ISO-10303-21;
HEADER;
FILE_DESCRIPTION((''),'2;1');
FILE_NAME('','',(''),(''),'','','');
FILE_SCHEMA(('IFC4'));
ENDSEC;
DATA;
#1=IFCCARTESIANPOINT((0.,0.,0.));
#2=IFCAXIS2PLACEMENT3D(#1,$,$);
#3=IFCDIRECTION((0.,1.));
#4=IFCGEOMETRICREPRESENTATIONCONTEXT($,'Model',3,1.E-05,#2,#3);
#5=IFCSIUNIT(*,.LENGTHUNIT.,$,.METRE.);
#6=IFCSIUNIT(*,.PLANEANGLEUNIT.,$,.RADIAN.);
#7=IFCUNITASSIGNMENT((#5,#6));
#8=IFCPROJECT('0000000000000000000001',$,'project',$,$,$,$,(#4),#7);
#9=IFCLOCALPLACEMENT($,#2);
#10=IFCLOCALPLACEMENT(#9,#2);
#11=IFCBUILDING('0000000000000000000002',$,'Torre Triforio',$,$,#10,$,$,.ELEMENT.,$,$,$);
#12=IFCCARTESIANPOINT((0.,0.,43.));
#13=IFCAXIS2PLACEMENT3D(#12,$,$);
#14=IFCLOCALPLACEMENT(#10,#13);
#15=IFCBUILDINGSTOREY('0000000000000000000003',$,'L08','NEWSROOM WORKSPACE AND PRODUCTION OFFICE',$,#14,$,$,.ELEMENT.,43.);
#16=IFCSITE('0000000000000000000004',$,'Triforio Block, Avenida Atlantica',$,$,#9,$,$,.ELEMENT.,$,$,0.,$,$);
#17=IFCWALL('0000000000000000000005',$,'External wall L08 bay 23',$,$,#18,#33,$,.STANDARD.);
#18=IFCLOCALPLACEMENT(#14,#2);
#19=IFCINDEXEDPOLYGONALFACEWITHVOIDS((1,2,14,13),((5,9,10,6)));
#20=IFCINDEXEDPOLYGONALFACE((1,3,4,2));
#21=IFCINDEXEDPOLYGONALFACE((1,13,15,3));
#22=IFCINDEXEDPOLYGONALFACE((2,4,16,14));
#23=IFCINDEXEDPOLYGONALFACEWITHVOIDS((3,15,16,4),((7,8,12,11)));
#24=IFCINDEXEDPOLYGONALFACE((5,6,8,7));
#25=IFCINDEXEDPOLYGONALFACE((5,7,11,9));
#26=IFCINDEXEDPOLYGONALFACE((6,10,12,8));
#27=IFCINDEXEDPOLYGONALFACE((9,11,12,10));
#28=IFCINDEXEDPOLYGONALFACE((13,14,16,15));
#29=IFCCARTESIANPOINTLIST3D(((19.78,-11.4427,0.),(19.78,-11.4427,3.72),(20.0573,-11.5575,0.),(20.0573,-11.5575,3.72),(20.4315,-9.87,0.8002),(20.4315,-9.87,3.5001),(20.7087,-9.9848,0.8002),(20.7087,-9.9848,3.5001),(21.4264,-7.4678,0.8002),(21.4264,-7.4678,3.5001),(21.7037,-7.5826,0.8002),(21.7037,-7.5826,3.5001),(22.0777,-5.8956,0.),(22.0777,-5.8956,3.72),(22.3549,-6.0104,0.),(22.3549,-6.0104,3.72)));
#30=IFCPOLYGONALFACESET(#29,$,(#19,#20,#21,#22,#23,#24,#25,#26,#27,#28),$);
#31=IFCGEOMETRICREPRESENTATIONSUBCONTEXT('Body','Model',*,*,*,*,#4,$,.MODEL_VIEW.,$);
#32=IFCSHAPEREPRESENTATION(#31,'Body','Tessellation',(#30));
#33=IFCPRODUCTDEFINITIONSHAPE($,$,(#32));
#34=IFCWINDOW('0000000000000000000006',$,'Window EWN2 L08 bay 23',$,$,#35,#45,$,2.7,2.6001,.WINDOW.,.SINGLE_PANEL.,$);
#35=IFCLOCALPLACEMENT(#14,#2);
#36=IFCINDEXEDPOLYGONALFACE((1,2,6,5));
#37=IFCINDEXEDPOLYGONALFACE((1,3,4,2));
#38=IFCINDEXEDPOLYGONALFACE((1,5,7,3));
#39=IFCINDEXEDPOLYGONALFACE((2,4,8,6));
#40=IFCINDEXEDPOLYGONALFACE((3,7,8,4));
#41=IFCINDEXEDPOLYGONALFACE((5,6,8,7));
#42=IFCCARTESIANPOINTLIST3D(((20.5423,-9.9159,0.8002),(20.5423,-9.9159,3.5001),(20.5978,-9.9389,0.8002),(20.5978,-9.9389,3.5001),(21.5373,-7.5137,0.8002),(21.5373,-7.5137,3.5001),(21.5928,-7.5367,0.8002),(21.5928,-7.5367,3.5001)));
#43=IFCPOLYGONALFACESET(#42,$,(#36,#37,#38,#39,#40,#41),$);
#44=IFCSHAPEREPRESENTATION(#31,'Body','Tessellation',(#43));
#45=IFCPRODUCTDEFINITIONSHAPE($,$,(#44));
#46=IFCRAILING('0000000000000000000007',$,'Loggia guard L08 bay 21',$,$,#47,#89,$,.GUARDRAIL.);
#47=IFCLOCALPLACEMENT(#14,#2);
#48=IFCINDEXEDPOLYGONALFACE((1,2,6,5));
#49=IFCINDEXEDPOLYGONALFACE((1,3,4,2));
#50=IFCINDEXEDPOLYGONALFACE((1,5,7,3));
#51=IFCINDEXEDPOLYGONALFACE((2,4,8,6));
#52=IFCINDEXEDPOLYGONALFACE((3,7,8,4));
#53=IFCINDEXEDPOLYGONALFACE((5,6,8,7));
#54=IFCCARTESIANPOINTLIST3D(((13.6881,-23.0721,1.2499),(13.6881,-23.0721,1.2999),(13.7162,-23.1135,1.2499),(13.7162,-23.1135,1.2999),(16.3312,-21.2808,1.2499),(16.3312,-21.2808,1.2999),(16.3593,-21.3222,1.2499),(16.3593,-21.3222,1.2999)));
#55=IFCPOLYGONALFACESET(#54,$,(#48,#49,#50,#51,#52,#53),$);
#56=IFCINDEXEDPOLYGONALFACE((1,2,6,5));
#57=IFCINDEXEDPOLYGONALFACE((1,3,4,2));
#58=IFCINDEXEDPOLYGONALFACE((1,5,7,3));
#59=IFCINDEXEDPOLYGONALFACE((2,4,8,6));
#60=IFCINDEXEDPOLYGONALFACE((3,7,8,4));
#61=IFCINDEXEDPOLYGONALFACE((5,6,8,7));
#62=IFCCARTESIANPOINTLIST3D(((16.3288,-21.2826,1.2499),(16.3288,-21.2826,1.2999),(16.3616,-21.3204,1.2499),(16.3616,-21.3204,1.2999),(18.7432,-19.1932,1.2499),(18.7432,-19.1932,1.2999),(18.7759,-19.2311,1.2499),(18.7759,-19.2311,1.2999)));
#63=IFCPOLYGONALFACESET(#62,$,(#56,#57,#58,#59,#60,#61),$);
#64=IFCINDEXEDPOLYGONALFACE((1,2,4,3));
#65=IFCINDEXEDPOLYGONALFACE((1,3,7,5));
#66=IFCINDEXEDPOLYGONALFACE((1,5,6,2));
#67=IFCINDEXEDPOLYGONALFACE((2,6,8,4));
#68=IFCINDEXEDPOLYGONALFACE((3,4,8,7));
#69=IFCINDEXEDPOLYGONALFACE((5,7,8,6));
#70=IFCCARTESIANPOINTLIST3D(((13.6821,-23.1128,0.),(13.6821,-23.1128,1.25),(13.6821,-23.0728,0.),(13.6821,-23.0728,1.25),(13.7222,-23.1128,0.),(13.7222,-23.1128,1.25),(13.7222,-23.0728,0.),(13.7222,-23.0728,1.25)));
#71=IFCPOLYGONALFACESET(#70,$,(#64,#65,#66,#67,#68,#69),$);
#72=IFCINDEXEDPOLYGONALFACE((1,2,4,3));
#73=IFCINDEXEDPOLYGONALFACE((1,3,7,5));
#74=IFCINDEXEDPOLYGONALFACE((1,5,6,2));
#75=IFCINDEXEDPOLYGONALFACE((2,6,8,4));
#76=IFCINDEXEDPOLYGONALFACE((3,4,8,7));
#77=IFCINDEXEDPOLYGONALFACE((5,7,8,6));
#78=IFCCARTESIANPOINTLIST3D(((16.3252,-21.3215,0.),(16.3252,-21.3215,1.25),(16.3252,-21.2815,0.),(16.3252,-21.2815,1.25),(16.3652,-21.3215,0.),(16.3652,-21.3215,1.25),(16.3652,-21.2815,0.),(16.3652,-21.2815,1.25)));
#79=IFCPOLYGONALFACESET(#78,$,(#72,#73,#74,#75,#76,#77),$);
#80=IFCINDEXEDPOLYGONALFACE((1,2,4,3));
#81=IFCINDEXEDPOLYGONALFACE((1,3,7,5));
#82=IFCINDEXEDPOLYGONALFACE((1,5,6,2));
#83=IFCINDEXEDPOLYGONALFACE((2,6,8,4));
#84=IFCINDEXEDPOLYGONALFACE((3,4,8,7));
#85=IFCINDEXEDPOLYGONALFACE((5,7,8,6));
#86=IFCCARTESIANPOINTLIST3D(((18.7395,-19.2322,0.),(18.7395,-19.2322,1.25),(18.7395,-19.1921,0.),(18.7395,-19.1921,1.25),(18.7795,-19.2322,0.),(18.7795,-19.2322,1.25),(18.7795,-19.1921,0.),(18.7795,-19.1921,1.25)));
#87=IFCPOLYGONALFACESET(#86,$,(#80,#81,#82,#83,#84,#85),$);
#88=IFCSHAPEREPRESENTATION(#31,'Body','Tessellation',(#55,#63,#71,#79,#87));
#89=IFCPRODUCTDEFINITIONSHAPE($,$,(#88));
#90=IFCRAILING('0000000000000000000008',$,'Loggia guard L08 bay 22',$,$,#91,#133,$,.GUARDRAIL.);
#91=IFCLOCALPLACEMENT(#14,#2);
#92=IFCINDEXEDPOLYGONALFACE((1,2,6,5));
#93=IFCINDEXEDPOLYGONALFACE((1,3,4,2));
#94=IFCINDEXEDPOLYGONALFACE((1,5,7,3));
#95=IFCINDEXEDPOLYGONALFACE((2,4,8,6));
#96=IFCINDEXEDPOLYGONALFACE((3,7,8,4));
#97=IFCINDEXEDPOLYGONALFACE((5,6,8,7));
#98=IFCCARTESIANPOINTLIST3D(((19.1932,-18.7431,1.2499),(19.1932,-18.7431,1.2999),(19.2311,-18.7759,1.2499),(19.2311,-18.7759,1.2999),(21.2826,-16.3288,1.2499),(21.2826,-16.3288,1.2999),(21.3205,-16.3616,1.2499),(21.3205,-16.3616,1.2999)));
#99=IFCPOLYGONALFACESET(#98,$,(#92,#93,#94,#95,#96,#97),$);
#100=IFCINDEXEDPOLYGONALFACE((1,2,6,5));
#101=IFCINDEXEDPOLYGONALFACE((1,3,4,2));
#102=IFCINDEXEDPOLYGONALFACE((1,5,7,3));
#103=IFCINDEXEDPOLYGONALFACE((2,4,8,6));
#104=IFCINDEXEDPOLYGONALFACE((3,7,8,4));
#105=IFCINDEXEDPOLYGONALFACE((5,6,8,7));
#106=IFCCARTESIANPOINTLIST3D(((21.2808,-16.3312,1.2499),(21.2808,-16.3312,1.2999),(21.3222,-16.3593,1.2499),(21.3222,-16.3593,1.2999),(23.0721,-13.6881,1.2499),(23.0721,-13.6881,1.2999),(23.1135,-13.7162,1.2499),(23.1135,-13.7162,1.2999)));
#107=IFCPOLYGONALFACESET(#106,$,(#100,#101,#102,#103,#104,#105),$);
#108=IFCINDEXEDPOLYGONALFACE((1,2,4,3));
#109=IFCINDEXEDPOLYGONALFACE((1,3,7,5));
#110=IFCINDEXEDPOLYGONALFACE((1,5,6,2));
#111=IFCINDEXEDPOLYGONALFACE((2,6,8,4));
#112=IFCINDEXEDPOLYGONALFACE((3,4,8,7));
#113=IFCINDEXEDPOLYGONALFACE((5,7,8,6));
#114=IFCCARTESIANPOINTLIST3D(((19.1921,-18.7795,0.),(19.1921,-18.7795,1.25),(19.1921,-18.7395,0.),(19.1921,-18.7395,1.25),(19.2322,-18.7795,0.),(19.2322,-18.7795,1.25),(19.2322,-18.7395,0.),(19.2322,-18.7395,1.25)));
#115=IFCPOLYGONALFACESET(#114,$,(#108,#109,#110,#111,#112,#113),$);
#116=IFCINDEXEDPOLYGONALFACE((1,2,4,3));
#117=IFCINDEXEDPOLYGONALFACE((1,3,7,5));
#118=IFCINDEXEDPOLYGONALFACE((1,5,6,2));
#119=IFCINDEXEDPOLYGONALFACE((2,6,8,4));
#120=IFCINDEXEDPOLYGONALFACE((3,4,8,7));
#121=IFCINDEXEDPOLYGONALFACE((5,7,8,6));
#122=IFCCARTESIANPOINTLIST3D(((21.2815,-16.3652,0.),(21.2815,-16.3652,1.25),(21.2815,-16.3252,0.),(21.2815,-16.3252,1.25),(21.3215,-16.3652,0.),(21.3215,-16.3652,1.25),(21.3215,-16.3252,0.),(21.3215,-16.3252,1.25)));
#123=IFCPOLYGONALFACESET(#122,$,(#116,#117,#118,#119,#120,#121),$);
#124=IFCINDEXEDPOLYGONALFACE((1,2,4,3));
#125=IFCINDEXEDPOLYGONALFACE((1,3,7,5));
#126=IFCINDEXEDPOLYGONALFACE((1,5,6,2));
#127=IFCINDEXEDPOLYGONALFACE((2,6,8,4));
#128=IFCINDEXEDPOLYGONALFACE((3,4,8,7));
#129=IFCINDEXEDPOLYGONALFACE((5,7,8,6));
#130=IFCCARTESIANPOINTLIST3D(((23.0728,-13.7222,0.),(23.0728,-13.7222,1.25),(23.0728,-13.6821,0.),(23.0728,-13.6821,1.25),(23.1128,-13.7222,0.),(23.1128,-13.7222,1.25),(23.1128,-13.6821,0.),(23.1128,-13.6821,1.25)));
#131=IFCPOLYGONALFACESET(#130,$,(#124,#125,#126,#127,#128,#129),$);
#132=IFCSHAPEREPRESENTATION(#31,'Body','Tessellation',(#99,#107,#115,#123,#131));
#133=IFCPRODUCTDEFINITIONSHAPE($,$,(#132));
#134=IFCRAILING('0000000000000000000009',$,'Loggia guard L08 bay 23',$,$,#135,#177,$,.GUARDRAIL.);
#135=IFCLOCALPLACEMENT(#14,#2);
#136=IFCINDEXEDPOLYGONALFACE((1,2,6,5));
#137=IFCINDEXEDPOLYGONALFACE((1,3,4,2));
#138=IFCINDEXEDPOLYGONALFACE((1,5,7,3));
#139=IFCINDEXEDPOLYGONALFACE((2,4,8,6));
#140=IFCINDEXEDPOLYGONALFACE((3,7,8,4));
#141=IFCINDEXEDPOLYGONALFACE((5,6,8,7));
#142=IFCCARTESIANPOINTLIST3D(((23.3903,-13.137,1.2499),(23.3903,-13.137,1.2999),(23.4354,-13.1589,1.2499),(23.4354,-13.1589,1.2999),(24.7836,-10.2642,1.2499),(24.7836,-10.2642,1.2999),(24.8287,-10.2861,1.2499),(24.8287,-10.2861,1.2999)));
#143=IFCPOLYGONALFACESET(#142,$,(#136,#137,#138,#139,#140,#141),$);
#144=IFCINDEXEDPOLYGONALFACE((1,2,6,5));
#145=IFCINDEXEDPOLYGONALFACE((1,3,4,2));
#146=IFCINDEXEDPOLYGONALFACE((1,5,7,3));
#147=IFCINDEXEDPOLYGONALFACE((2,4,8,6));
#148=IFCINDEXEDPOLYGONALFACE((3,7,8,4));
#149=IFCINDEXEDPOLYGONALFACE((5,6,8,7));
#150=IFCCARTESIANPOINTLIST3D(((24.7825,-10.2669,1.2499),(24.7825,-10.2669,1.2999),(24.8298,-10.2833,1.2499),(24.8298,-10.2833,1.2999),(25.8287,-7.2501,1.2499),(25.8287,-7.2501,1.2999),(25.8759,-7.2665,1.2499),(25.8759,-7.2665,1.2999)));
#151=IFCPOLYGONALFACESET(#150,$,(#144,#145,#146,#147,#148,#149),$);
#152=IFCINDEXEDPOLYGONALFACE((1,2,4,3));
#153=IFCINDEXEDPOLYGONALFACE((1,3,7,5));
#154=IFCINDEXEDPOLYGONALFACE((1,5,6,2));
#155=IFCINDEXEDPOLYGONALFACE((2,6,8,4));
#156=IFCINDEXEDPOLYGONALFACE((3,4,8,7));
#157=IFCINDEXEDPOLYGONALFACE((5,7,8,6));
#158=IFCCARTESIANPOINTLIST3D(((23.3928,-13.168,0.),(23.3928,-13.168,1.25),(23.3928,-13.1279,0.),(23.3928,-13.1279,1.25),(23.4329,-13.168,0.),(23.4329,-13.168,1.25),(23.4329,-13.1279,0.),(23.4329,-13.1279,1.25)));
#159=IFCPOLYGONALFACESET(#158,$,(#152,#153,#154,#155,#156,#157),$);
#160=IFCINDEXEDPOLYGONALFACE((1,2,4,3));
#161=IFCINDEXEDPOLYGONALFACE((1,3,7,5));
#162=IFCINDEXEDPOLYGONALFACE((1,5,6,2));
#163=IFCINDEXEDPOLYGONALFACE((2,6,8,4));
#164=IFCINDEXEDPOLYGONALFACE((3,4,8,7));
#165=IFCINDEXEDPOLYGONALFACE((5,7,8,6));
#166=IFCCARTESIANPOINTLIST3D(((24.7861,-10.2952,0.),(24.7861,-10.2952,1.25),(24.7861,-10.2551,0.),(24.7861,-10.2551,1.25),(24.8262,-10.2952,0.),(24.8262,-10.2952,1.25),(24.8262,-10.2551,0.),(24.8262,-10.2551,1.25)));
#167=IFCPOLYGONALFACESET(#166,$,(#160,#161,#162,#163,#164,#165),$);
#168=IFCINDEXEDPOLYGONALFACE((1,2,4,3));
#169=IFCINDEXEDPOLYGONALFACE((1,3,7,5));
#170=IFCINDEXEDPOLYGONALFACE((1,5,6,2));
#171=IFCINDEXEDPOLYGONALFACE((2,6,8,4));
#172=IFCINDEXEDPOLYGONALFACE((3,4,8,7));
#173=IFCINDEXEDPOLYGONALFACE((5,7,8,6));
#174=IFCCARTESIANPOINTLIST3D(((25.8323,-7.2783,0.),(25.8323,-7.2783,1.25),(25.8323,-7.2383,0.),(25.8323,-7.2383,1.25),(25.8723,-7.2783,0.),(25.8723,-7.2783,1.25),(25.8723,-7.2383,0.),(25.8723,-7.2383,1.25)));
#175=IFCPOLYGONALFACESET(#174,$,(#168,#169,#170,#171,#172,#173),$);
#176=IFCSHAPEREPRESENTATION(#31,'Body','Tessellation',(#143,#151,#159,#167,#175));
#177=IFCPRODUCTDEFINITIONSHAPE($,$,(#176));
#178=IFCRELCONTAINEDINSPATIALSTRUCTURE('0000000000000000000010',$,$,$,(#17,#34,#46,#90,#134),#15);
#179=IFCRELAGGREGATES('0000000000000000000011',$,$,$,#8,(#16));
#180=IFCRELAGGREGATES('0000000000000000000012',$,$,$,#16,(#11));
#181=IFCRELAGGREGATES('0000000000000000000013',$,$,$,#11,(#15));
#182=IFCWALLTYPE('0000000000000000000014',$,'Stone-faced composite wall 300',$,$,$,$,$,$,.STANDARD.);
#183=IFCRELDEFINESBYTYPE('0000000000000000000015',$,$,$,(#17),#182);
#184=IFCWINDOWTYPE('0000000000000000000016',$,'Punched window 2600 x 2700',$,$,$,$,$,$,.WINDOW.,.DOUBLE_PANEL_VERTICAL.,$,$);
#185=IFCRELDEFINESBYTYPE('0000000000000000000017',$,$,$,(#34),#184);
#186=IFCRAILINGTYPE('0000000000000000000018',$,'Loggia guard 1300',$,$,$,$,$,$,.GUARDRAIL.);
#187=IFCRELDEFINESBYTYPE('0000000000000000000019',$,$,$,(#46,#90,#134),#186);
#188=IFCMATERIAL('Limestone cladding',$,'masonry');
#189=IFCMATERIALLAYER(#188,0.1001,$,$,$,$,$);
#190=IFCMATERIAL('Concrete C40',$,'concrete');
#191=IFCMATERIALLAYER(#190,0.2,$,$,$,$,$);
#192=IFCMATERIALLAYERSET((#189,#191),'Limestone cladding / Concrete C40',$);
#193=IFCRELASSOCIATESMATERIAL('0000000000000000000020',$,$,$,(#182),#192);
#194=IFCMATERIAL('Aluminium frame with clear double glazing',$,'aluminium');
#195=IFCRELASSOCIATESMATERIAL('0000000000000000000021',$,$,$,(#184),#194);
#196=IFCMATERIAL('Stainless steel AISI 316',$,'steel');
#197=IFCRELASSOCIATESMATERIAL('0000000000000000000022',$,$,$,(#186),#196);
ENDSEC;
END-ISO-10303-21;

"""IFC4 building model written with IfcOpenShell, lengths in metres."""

from ifc_helpers import new_model, si_unit, direction, frame, frame_2d, origin, origin_2d, place, context, subcontext, project, spatial, rectangle, extrude, material, layer, layer_set, type_object, element, fill, save


model = new_model("IFC4")

# Units and contexts
model_context = context("Model", 3, precision=1e-05, world=origin(), true_north=direction((0.0, 1.0)))
body_context = subcontext(model_context, "Body", "Model", "MODEL_VIEW")
ifc_project = project(units=[si_unit("LENGTHUNIT", "METRE"), si_unit("PLANEANGLEUNIT", "RADIAN")], contexts=[model_context])

# Site, building, storey
site_placement = place(None, origin())
site = spatial("IfcSite", under=ifc_project, at=site_placement, Name="Triforio Block, Avenida Atlantica", CompositionType="ELEMENT", RefElevation=0.0)
building_placement = place(site_placement, origin())
building = spatial("IfcBuilding", under=site, at=building_placement, Name="Torre Triforio", CompositionType="ELEMENT")
storey_placement = place(building_placement, frame((0.0, 0.0, 43.0)))
storey = spatial("IfcBuildingStorey", under=building, at=storey_placement, Name="L08", Description="NEWSROOM WORKSPACE AND PRODUCTION OFFICE", CompositionType="ELEMENT", Elevation=43.0)

# Shared definitions
ifc_material_1 = material(Name="Limestone cladding", Category="masonry")
ifc_material_2 = material(Name="Concrete C40", Category="concrete")

# Shared definitions
ifc_layer_1 = layer(ifc_material_1, 0.1001)
ifc_layer_2 = layer(ifc_material_2, 0.2)
ifc_layer_set_1 = layer_set([ifc_layer_1, ifc_layer_2], Name="Limestone cladding / Concrete C40")
wall_type_1 = type_object("IfcWallType", Name="Stone-faced composite wall 300", PredefinedType="STANDARD", material=ifc_layer_set_1)
ifc_material_3 = material(Name="Aluminium frame with clear double glazing", Category="aluminium")
window_type_1 = type_object("IfcWindowType", Name="Punched window 2600 x 2700", PartitioningType="DOUBLE_PANEL_VERTICAL", PredefinedType="WINDOW", material=ifc_material_3)

# Wall, opening, window
wall_1_placement = place(storey_placement, frame((19.9187, -11.5, 0.0), z_axis=(0.0, 0.0, 1.0), x_axis=(0.382671, 0.923885, 0.0)))
wall_1 = element("IfcWall", 1, at=wall_1_placement, inside=storey, type_object=wall_type_1, Name="External wall L08 bay 23", PredefinedType="STANDARD", context=body_context, shape_type="SweptSolid", body=[
    extrude(rectangle(XDim=6.0042, YDim=0.3, at=frame_2d((3.002, 0.0))), origin(), (0.0, 0.0, 1.0), 3.72),
])
opening_1_placement = place(wall_1_placement, frame((1.7021, 0.0, 0.8)))
opening_1 = element("IfcOpeningElement", 2, at=opening_1_placement, cuts=wall_1, PredefinedType="OPENING", context=body_context, shape_type="SweptSolid", body=[
    extrude(rectangle(XDim=2.6001, YDim=2.7, at=frame_2d((1.3, 1.3501))), frame((0.0, 0.1599, 0.0), z_axis=(0.0, -1.0, 0.0), x_axis=(1.0, 0.0, 0.0)), (0.0, 0.0, 1.0), 0.3201),
])
window_1_placement = place(opening_1_placement, origin())
window_1 = element("IfcWindow", 3, at=window_1_placement, inside=storey, type_object=window_type_1, Name="Window EWN2 L08 bay 23", OverallHeight=2.7, OverallWidth=2.6001, PartitioningType="SINGLE_PANEL", PredefinedType="WINDOW", context=body_context, shape_type="SweptSolid", body=[
    extrude(rectangle(XDim=2.6001, YDim=2.7, at=frame_2d((1.3, 1.3501))), frame((0.0, 0.03, 0.0), z_axis=(0.0, -1.0, 0.0), x_axis=(1.0, 0.0, 0.0)), (0.0, 0.0, 1.0), 0.0601),
])
fill(opening_1, window_1)

# Railings
ifc_material_4 = material(Name="Stainless steel AISI 316", Category="steel")
railing_type = type_object("IfcRailingType", Name="Loggia guard 1300", PredefinedType="GUARDRAIL", material=ifc_material_4)
railing_1_placement = place(storey_placement, frame((13.7021, -23.0928, 0.0)))
element("IfcRailing", 4, at=railing_1_placement, inside=storey, type_object=railing_type, Name="Loggia guard L08 bay 21", PredefinedType="GUARDRAIL", context=body_context, shape_type="SweptSolid", body=[
    extrude(rectangle(XDim=0.05, YDim=0.05, at=origin_2d()), frame((0.0, 0.0, 1.2749), z_axis=(0.827803, 0.561019, 0.0), x_axis=(-0.561019, 0.827803, 0.0)), (0.0, 0.0, 1.0), 3.1929),
    extrude(rectangle(XDim=0.05, YDim=0.05, at=origin_2d()), frame((2.6431, 1.7913, 1.2749), z_axis=(0.756161, 0.654386, 0.0), x_axis=(-0.654386, 0.756161, 0.0)), (0.0, 0.0, 1.0), 3.1929),
    extrude(rectangle(XDim=0.04, YDim=0.04, at=origin_2d()), origin(), (0.0, 0.0, 1.0), 1.25),
    extrude(rectangle(XDim=0.04, YDim=0.04, at=origin_2d()), frame((2.6431, 1.7913, 0.0)), (0.0, 0.0, 1.0), 1.25),
    extrude(rectangle(XDim=0.04, YDim=0.04, at=origin_2d()), frame((5.0574, 3.8806, 0.0)), (0.0, 0.0, 1.0), 1.25),
])
railing_2_placement = place(storey_placement, frame((19.2122, -18.7595, 0.0)))
element("IfcRailing", 5, at=railing_2_placement, inside=storey, type_object=railing_type, Name="Loggia guard L08 bay 22", PredefinedType="GUARDRAIL", context=body_context, shape_type="SweptSolid", body=[
    extrude(rectangle(XDim=0.05, YDim=0.05, at=origin_2d()), frame((0.0, 0.0, 1.2749), z_axis=(0.654386, 0.756161, 0.0), x_axis=(-0.756161, 0.654386, 0.0)), (0.0, 0.0, 1.0), 3.1929),
    extrude(rectangle(XDim=0.05, YDim=0.05, at=origin_2d()), frame((2.0894, 2.4143, 1.2749), z_axis=(0.561019, 0.827803, 0.0), x_axis=(-0.827803, 0.561019, 0.0)), (0.0, 0.0, 1.0), 3.1929),
    extrude(rectangle(XDim=0.04, YDim=0.04, at=origin_2d()), origin(), (0.0, 0.0, 1.0), 1.25),
    extrude(rectangle(XDim=0.04, YDim=0.04, at=origin_2d()), frame((2.0894, 2.4143, 0.0)), (0.0, 0.0, 1.0), 1.25),
    extrude(rectangle(XDim=0.04, YDim=0.04, at=origin_2d()), frame((3.8806, 5.0574, 0.0)), (0.0, 0.0, 1.0), 1.25),
])
railing_3_placement = place(storey_placement, frame((23.4128, -13.1479, 0.0)))
element("IfcRailing", 6, at=railing_3_placement, inside=storey, type_object=railing_type, Name="Loggia guard L08 bay 23", PredefinedType="GUARDRAIL", context=body_context, shape_type="SweptSolid", body=[
    extrude(rectangle(XDim=0.05, YDim=0.05, at=origin_2d()), frame((0.0, 0.0, 1.2749), z_axis=(0.436384, 0.89976, 0.0), x_axis=(-0.89976, 0.436384, 0.0)), (0.0, 0.0, 1.0), 3.1929),
    extrude(rectangle(XDim=0.05, YDim=0.05, at=origin_2d()), frame((1.3933, 2.8728, 1.2749), z_axis=(0.327628, 0.944807, 0.0), x_axis=(-0.944807, 0.327628, 0.0)), (0.0, 0.0, 1.0), 3.1931),
    extrude(rectangle(XDim=0.04, YDim=0.04, at=origin_2d()), origin(), (0.0, 0.0, 1.0), 1.25),
    extrude(rectangle(XDim=0.04, YDim=0.04, at=origin_2d()), frame((1.3933, 2.8728, 0.0)), (0.0, 0.0, 1.0), 1.25),
    extrude(rectangle(XDim=0.04, YDim=0.04, at=origin_2d()), frame((2.4395, 5.8896, 0.0)), (0.0, 0.0, 1.0), 1.25),
])

save(model, "model.ifc")
